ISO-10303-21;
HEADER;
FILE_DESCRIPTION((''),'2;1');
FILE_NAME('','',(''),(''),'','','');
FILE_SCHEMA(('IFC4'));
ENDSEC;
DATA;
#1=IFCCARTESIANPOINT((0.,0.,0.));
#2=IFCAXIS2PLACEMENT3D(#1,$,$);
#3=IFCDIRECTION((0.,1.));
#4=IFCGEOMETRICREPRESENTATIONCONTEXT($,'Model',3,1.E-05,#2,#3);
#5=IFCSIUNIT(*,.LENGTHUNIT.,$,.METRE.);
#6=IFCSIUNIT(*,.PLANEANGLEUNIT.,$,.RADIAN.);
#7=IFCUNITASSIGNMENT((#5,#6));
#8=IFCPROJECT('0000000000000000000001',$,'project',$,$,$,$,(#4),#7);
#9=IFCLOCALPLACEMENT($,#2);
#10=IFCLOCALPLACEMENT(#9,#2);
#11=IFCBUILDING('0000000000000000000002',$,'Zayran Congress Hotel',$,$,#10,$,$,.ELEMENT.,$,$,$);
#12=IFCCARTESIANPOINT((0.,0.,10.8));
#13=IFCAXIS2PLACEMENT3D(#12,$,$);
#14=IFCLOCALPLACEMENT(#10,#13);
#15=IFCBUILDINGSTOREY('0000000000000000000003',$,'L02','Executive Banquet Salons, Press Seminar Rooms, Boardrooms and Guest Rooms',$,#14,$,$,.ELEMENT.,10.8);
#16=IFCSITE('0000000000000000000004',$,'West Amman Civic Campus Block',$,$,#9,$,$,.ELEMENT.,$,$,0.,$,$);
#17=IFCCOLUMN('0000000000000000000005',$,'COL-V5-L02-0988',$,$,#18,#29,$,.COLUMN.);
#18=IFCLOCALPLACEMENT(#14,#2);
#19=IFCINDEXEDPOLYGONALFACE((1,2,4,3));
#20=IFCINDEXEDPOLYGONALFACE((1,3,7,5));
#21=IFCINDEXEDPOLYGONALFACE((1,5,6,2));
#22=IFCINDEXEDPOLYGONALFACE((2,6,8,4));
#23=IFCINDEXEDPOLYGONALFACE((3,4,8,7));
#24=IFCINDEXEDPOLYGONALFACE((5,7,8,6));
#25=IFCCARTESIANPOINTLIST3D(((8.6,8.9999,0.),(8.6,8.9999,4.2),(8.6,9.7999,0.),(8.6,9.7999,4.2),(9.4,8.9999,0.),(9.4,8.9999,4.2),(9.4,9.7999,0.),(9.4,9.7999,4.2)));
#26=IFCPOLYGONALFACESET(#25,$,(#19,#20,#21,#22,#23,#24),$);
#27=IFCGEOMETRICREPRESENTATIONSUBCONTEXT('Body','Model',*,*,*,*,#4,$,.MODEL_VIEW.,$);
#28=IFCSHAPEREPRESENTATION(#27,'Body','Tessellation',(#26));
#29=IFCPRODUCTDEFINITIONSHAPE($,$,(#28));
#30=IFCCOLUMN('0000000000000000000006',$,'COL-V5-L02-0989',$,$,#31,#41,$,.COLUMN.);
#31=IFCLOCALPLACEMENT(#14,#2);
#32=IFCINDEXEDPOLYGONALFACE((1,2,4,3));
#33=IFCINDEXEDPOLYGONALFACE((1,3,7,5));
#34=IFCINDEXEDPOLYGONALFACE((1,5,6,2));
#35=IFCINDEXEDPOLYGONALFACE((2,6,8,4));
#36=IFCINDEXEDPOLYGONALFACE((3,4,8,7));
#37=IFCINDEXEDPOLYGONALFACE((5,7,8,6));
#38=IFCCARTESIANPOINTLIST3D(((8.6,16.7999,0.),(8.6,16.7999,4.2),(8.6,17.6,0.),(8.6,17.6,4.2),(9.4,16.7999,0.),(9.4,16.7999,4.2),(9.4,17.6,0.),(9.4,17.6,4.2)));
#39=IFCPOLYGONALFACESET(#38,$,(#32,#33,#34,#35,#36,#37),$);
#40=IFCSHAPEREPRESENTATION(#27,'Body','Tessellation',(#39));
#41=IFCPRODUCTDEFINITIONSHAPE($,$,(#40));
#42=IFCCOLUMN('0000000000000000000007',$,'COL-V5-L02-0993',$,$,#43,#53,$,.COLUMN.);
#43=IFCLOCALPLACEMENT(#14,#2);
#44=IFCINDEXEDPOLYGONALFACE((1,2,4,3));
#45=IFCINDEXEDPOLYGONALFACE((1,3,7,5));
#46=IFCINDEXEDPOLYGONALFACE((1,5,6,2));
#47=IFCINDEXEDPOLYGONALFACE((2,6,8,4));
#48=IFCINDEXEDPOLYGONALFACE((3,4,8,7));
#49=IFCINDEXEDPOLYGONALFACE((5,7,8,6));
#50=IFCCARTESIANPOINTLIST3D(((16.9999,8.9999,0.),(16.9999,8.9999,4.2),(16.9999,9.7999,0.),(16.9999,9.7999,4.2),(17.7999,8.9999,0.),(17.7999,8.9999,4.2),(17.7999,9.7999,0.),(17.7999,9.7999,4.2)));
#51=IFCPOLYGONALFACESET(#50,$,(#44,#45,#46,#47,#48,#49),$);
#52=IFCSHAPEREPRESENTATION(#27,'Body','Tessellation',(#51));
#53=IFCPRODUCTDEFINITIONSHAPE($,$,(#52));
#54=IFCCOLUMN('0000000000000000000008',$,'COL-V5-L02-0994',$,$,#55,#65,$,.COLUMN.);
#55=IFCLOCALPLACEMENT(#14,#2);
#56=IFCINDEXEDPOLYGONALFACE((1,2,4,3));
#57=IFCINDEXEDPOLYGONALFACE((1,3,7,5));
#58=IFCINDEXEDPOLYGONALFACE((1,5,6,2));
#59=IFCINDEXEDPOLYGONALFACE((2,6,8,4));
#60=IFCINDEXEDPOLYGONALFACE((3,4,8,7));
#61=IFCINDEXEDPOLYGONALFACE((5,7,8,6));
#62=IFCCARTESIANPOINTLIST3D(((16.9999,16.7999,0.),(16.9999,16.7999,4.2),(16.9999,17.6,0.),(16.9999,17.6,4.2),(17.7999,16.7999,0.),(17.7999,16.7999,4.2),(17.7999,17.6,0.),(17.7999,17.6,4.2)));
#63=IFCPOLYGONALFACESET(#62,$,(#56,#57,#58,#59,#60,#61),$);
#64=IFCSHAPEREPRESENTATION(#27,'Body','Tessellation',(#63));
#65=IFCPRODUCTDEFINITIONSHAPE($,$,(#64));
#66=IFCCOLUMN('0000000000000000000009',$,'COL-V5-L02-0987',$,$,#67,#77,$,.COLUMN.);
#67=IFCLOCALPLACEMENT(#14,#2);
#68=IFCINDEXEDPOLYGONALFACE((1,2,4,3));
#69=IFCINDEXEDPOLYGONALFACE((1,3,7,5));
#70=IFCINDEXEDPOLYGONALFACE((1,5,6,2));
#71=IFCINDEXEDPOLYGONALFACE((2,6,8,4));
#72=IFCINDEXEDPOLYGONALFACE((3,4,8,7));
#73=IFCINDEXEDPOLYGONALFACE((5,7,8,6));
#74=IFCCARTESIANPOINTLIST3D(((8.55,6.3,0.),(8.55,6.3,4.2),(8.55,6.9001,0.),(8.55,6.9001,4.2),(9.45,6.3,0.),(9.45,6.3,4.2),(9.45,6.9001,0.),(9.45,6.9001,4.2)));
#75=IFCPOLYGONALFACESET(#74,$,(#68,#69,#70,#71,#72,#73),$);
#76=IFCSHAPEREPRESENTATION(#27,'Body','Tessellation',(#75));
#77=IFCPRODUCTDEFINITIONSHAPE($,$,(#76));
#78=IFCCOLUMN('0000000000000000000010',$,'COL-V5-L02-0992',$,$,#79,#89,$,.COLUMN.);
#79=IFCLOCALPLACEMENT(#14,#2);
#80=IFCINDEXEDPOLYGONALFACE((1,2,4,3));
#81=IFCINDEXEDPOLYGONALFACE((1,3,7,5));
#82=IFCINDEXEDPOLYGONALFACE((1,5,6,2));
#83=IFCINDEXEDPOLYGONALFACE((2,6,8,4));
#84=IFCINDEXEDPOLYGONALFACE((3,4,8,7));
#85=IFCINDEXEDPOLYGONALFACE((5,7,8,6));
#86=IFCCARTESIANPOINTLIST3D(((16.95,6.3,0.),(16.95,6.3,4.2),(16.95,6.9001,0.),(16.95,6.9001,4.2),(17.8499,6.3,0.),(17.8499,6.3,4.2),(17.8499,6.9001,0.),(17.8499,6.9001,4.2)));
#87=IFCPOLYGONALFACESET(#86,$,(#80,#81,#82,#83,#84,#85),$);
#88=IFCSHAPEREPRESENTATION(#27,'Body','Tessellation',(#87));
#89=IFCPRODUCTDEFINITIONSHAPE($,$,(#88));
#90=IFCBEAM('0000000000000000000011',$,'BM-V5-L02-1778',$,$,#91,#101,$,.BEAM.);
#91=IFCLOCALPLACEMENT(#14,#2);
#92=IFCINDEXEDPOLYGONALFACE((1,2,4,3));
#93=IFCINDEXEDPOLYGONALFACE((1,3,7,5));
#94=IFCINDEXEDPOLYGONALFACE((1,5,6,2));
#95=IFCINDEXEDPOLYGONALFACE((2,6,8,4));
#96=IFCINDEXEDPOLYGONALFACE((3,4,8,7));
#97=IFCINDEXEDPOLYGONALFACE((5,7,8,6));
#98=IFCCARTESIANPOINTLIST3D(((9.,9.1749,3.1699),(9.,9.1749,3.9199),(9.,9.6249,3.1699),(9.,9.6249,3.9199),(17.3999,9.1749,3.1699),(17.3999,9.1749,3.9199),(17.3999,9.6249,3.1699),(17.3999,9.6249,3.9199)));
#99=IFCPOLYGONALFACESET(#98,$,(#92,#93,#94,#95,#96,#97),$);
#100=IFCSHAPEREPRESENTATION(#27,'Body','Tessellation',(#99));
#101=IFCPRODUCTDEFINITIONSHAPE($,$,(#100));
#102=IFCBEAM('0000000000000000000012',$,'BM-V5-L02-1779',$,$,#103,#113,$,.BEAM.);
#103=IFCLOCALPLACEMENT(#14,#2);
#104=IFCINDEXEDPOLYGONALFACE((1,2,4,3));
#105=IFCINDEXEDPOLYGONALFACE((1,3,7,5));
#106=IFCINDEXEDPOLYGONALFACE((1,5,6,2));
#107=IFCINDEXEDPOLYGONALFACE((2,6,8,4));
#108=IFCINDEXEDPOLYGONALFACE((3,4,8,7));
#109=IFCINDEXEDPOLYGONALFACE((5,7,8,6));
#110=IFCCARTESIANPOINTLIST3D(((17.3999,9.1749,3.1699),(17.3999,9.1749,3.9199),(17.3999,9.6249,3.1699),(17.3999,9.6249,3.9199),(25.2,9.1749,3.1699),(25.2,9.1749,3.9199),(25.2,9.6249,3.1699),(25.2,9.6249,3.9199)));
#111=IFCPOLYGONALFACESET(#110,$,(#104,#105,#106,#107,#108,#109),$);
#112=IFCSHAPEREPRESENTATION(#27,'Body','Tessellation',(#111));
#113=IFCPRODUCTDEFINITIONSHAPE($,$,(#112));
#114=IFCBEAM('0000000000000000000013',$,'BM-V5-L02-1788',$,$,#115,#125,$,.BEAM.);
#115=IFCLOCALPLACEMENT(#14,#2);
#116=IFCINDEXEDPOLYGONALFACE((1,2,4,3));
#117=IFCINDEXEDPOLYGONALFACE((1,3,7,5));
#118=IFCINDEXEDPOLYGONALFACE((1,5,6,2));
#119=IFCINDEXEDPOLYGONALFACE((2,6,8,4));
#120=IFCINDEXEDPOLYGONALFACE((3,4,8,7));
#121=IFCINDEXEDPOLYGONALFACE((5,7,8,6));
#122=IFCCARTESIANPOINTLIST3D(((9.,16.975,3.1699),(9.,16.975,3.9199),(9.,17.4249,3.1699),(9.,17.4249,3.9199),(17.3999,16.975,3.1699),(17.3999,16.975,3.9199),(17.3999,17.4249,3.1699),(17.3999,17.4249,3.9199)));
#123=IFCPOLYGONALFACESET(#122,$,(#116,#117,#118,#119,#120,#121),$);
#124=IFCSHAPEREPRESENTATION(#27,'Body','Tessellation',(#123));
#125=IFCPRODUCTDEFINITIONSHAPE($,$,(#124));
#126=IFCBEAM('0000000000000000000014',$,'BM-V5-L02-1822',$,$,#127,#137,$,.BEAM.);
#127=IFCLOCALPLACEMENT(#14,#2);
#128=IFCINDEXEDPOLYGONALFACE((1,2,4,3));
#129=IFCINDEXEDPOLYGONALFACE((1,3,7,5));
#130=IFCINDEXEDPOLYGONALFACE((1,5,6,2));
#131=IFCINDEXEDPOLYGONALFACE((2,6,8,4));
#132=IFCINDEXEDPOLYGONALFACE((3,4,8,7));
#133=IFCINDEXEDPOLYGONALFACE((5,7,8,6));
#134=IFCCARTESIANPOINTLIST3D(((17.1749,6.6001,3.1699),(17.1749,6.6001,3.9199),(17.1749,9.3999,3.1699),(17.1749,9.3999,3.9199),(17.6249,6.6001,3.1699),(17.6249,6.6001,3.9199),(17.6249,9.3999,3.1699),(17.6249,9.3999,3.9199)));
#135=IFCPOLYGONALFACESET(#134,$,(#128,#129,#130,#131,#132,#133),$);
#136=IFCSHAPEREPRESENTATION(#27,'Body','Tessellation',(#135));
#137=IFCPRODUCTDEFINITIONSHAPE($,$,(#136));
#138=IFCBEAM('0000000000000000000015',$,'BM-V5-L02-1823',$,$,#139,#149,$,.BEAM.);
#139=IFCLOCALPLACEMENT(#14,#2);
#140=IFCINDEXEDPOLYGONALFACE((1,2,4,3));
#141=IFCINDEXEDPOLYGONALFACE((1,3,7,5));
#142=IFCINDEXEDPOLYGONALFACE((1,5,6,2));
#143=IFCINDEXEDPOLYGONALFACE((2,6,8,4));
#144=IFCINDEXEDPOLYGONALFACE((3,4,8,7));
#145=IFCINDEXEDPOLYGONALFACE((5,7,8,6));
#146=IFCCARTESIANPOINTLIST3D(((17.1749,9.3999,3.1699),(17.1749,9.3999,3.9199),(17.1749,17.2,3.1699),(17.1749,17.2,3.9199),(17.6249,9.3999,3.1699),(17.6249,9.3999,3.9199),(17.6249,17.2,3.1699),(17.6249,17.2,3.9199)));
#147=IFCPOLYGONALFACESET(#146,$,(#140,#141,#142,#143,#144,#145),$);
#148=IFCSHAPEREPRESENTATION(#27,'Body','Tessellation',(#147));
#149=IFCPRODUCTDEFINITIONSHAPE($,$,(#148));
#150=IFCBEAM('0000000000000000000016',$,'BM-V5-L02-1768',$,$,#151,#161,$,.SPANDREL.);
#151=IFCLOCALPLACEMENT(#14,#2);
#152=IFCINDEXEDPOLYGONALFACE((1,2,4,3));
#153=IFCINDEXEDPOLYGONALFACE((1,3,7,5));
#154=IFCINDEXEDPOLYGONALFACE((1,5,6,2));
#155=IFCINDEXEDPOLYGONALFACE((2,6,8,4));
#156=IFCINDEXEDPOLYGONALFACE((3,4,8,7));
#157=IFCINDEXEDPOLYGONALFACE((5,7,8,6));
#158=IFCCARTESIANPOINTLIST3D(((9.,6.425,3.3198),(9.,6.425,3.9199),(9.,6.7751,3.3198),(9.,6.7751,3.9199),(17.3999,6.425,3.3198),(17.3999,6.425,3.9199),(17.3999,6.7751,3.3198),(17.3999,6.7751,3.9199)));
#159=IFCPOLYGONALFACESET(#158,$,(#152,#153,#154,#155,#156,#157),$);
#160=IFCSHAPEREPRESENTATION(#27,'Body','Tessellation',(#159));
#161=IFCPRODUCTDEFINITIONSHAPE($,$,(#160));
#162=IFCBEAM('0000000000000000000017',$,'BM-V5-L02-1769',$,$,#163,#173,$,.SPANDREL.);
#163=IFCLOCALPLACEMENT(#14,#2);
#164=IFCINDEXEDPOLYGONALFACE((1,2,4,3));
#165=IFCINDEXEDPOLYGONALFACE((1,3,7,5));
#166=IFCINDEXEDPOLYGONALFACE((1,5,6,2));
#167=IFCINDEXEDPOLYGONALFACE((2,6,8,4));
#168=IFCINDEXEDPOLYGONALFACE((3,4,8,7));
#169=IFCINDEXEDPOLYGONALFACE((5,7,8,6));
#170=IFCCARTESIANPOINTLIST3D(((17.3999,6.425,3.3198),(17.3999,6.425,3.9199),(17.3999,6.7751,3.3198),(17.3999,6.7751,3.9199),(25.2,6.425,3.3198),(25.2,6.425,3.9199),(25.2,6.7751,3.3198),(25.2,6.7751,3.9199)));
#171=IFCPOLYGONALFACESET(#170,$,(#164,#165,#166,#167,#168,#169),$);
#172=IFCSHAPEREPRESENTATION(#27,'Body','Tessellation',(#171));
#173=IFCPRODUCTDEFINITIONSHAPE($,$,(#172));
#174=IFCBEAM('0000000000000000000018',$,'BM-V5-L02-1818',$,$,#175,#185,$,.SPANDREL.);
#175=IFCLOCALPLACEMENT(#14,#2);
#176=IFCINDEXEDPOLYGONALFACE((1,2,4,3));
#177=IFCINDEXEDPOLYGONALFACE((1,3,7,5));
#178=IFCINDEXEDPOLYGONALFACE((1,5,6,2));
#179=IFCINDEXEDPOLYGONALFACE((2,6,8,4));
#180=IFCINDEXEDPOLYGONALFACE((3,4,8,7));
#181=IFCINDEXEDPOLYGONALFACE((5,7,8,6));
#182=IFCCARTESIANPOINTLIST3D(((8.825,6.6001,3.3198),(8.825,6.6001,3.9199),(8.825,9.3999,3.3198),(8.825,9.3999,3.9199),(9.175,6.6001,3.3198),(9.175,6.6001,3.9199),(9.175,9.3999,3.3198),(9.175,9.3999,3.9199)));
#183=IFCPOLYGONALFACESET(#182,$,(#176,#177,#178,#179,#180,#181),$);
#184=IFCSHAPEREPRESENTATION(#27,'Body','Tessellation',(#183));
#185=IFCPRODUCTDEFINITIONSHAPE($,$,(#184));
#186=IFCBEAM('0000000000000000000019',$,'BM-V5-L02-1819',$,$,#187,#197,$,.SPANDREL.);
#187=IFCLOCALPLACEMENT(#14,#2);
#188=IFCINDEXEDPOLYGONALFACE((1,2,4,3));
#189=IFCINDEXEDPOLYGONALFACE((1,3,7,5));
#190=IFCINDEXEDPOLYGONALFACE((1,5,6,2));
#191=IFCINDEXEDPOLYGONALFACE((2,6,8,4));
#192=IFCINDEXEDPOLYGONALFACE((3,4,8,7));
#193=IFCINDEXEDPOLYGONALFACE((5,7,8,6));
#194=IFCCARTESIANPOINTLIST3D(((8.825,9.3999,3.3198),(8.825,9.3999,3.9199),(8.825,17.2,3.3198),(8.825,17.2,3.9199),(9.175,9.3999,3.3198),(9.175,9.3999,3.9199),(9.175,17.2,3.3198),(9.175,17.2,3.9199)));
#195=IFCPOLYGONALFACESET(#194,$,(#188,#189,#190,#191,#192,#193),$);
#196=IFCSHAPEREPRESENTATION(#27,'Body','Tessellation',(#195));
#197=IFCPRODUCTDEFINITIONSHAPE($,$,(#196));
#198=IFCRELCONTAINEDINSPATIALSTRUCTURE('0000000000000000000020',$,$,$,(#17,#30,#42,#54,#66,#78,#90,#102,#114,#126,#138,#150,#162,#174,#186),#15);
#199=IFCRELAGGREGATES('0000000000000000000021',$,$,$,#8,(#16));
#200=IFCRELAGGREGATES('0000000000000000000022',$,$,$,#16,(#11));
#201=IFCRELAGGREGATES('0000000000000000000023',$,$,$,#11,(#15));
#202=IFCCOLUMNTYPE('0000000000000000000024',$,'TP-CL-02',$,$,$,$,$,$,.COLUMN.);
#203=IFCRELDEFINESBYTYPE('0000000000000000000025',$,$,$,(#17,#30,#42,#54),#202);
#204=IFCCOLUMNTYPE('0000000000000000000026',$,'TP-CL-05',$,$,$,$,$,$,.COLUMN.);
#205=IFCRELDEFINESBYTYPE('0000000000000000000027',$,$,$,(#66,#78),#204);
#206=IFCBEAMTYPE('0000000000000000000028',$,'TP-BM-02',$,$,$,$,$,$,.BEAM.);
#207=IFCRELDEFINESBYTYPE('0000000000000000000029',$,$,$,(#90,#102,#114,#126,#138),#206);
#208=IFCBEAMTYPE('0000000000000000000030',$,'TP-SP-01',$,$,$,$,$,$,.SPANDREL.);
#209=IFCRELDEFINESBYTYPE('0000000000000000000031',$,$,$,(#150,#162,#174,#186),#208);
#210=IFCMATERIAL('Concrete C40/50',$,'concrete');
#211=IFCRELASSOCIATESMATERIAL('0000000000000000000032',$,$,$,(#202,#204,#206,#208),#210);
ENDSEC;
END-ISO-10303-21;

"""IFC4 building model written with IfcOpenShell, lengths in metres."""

from ifc_helpers import new_model, si_unit, direction, frame, origin, origin_2d, place, context, subcontext, project, spatial, rectangle, extrude, material, material_profile, profile_set, type_object, element, save


model = new_model("IFC4")

# Units and contexts
model_context = context("Model", 3, precision=1e-05, world=origin(), true_north=direction((0.0, 1.0)))
body_context = subcontext(model_context, "Body", "Model", "MODEL_VIEW")
ifc_project = project(units=[si_unit("LENGTHUNIT", "METRE"), si_unit("PLANEANGLEUNIT", "RADIAN")], contexts=[model_context])

# Site, building, storey
site_placement = place(None, origin())
site = spatial("IfcSite", under=ifc_project, at=site_placement, Name="West Amman Civic Campus Block", CompositionType="ELEMENT", RefElevation=0.0)
building_placement = place(site_placement, origin())
building = spatial("IfcBuilding", under=site, at=building_placement, Name="Zayran Congress Hotel", CompositionType="ELEMENT")
storey_placement = place(building_placement, frame((0.0, 0.0, 10.8)))
storey = spatial("IfcBuildingStorey", under=building, at=storey_placement, Name="L02", Description="Executive Banquet Salons, Press Seminar Rooms, Boardrooms and Guest Rooms", CompositionType="ELEMENT", Elevation=10.8)

# Columns
ifc_material_1 = material(Name="Concrete C40/50", Category="concrete")
ifc_material_profile_1 = material_profile(ifc_material_1, rectangle(XDim=0.8, YDim=0.8, at=origin_2d()), Name="RC 800x800")
ifc_profile_set_1 = profile_set([ifc_material_profile_1], Name="Concrete C40/50")
column_type_1 = type_object("IfcColumnType", Name="TP-CL-02", PredefinedType="COLUMN", material=ifc_profile_set_1)
for number, where, z_axis, x_axis, name in (
    (1, (9.0, 9.3999, 0.0), (0.0, 0.0, 1.0), (1.0, 0.0, 0.0), "COL-V5-L02-0988"),
    (2, (9.0, 17.2, 0.0), (0.0, 0.0, 1.0), (1.0, 0.0, 0.0), "COL-V5-L02-0989"),
    (3, (17.3999, 9.3999, 0.0), (0.0, 0.0, 1.0), (1.0, 0.0, 0.0), "COL-V5-L02-0993"),
    (4, (17.3999, 17.2, 0.0), (0.0, 0.0, 1.0), (1.0, 0.0, 0.0), "COL-V5-L02-0994"),
):
    element("IfcColumn", number, at=place(storey_placement, frame(where, z_axis=z_axis, x_axis=x_axis)), inside=storey, type_object=column_type_1, Name=name, PredefinedType="COLUMN", context=body_context, shape_type="SweptSolid", body=[
        extrude(rectangle(XDim=0.8, YDim=0.8, at=origin_2d()), origin(), (0.0, 0.0, 1.0), 4.2),
    ])
ifc_material_profile_2 = material_profile(ifc_material_1, rectangle(XDim=0.6001, YDim=0.8999, at=origin_2d()), Name="RC 900x600")
ifc_profile_set_2 = profile_set([ifc_material_profile_2], Name="Concrete C40/50")
column_type_2 = type_object("IfcColumnType", Name="TP-CL-05", PredefinedType="COLUMN", material=ifc_profile_set_2)
for number, where, z_axis, x_axis, name in (
    (5, (9.0, 6.6001, 0.0), (0.0, 0.0, 1.0), (0.0, 1.0, 0.0), "COL-V5-L02-0987"),
    (6, (17.3999, 6.6001, 0.0), (0.0, 0.0, 1.0), (0.0, 1.0, 0.0), "COL-V5-L02-0992"),
):
    element("IfcColumn", number, at=place(storey_placement, frame(where, z_axis=z_axis, x_axis=x_axis)), inside=storey, type_object=column_type_2, Name=name, PredefinedType="COLUMN", context=body_context, shape_type="SweptSolid", body=[
        extrude(rectangle(XDim=0.6001, YDim=0.8999, at=origin_2d()), origin(), (0.0, 0.0, 1.0), 4.2),
    ])

# Beams
ifc_material_profile_3 = material_profile(ifc_material_1, rectangle(XDim=0.45, YDim=0.75, at=origin_2d()), Name="RC 450x750")
ifc_profile_set_3 = profile_set([ifc_material_profile_3], Name="Concrete C40/50")
beam_type_1 = type_object("IfcBeamType", Name="TP-BM-02", PredefinedType="BEAM", material=ifc_profile_set_3)
beam_1_placement = place(storey_placement, frame((9.0, 9.3999, 3.5449), z_axis=(1.0, 0.0, 0.0), x_axis=(0.0, 1.0, 0.0)))
element("IfcBeam", 7, at=beam_1_placement, inside=storey, type_object=beam_type_1, Name="BM-V5-L02-1778", PredefinedType="BEAM", context=body_context, shape_type="SweptSolid", body=[
    extrude(rectangle(XDim=0.45, YDim=0.75, at=origin_2d()), origin(), (0.0, 0.0, 1.0), 8.3999),
])
beam_2_placement = place(storey_placement, frame((17.3999, 9.3999, 3.5449), z_axis=(1.0, 0.0, 0.0), x_axis=(0.0, 1.0, 0.0)))
element("IfcBeam", 8, at=beam_2_placement, inside=storey, type_object=beam_type_1, Name="BM-V5-L02-1779", PredefinedType="BEAM", context=body_context, shape_type="SweptSolid", body=[
    extrude(rectangle(XDim=0.45, YDim=0.75, at=origin_2d()), origin(), (0.0, 0.0, 1.0), 7.8),
])
beam_3_placement = place(storey_placement, frame((9.0, 17.2, 3.5449), z_axis=(1.0, 0.0, 0.0), x_axis=(0.0, 1.0, 0.0)))
element("IfcBeam", 9, at=beam_3_placement, inside=storey, type_object=beam_type_1, Name="BM-V5-L02-1788", PredefinedType="BEAM", context=body_context, shape_type="SweptSolid", body=[
    extrude(rectangle(XDim=0.45, YDim=0.75, at=origin_2d()), origin(), (0.0, 0.0, 1.0), 8.3999),
])
beam_4_placement = place(storey_placement, frame((17.3999, 6.6001, 3.5449), z_axis=(0.0, 1.0, 0.0), x_axis=(-1.0, 0.0, 0.0)))
element("IfcBeam", 10, at=beam_4_placement, inside=storey, type_object=beam_type_1, Name="BM-V5-L02-1822", PredefinedType="BEAM", context=body_context, shape_type="SweptSolid", body=[
    extrude(rectangle(XDim=0.45, YDim=0.75, at=origin_2d()), origin(), (0.0, 0.0, 1.0), 2.7998),
])
beam_5_placement = place(storey_placement, frame((17.3999, 9.3999, 3.5449), z_axis=(0.0, 1.0, 0.0), x_axis=(-1.0, 0.0, 0.0)))
element("IfcBeam", 11, at=beam_5_placement, inside=storey, type_object=beam_type_1, Name="BM-V5-L02-1823", PredefinedType="BEAM", context=body_context, shape_type="SweptSolid", body=[
    extrude(rectangle(XDim=0.45, YDim=0.75, at=origin_2d()), origin(), (0.0, 0.0, 1.0), 7.8),
])
ifc_material_profile_4 = material_profile(ifc_material_1, rectangle(XDim=0.3501, YDim=0.6001, at=origin_2d()), Name="RC 350x600")
ifc_profile_set_4 = profile_set([ifc_material_profile_4], Name="Concrete C40/50")
beam_type_2 = type_object("IfcBeamType", Name="TP-SP-01", PredefinedType="SPANDREL", material=ifc_profile_set_4)
beam_6_placement = place(storey_placement, frame((9.0, 6.6001, 3.6199), z_axis=(1.0, 0.0, 0.0), x_axis=(0.0, 1.0, 0.0)))
element("IfcBeam", 12, at=beam_6_placement, inside=storey, type_object=beam_type_2, Name="BM-V5-L02-1768", PredefinedType="SPANDREL", context=body_context, shape_type="SweptSolid", body=[
    extrude(rectangle(XDim=0.3501, YDim=0.6001, at=origin_2d()), origin(), (0.0, 0.0, 1.0), 8.3999),
])
beam_7_placement = place(storey_placement, frame((17.3999, 6.6001, 3.6199), z_axis=(1.0, 0.0, 0.0), x_axis=(0.0, 1.0, 0.0)))
element("IfcBeam", 13, at=beam_7_placement, inside=storey, type_object=beam_type_2, Name="BM-V5-L02-1769", PredefinedType="SPANDREL", context=body_context, shape_type="SweptSolid", body=[
    extrude(rectangle(XDim=0.3501, YDim=0.6001, at=origin_2d()), origin(), (0.0, 0.0, 1.0), 7.8),
])
beam_8_placement = place(storey_placement, frame((9.0, 6.6001, 3.6199), z_axis=(0.0, 1.0, 0.0), x_axis=(-1.0, 0.0, 0.0)))
element("IfcBeam", 14, at=beam_8_placement, inside=storey, type_object=beam_type_2, Name="BM-V5-L02-1818", PredefinedType="SPANDREL", context=body_context, shape_type="SweptSolid", body=[
    extrude(rectangle(XDim=0.3501, YDim=0.6001, at=origin_2d()), origin(), (0.0, 0.0, 1.0), 2.7998),
])
beam_9_placement = place(storey_placement, frame((9.0, 9.3999, 3.6199), z_axis=(0.0, 1.0, 0.0), x_axis=(-1.0, 0.0, 0.0)))
element("IfcBeam", 15, at=beam_9_placement, inside=storey, type_object=beam_type_2, Name="BM-V5-L02-1819", PredefinedType="SPANDREL", context=body_context, shape_type="SweptSolid", body=[
    extrude(rectangle(XDim=0.3501, YDim=0.6001, at=origin_2d()), origin(), (0.0, 0.0, 1.0), 7.8),
])

save(model, "model.ifc")
